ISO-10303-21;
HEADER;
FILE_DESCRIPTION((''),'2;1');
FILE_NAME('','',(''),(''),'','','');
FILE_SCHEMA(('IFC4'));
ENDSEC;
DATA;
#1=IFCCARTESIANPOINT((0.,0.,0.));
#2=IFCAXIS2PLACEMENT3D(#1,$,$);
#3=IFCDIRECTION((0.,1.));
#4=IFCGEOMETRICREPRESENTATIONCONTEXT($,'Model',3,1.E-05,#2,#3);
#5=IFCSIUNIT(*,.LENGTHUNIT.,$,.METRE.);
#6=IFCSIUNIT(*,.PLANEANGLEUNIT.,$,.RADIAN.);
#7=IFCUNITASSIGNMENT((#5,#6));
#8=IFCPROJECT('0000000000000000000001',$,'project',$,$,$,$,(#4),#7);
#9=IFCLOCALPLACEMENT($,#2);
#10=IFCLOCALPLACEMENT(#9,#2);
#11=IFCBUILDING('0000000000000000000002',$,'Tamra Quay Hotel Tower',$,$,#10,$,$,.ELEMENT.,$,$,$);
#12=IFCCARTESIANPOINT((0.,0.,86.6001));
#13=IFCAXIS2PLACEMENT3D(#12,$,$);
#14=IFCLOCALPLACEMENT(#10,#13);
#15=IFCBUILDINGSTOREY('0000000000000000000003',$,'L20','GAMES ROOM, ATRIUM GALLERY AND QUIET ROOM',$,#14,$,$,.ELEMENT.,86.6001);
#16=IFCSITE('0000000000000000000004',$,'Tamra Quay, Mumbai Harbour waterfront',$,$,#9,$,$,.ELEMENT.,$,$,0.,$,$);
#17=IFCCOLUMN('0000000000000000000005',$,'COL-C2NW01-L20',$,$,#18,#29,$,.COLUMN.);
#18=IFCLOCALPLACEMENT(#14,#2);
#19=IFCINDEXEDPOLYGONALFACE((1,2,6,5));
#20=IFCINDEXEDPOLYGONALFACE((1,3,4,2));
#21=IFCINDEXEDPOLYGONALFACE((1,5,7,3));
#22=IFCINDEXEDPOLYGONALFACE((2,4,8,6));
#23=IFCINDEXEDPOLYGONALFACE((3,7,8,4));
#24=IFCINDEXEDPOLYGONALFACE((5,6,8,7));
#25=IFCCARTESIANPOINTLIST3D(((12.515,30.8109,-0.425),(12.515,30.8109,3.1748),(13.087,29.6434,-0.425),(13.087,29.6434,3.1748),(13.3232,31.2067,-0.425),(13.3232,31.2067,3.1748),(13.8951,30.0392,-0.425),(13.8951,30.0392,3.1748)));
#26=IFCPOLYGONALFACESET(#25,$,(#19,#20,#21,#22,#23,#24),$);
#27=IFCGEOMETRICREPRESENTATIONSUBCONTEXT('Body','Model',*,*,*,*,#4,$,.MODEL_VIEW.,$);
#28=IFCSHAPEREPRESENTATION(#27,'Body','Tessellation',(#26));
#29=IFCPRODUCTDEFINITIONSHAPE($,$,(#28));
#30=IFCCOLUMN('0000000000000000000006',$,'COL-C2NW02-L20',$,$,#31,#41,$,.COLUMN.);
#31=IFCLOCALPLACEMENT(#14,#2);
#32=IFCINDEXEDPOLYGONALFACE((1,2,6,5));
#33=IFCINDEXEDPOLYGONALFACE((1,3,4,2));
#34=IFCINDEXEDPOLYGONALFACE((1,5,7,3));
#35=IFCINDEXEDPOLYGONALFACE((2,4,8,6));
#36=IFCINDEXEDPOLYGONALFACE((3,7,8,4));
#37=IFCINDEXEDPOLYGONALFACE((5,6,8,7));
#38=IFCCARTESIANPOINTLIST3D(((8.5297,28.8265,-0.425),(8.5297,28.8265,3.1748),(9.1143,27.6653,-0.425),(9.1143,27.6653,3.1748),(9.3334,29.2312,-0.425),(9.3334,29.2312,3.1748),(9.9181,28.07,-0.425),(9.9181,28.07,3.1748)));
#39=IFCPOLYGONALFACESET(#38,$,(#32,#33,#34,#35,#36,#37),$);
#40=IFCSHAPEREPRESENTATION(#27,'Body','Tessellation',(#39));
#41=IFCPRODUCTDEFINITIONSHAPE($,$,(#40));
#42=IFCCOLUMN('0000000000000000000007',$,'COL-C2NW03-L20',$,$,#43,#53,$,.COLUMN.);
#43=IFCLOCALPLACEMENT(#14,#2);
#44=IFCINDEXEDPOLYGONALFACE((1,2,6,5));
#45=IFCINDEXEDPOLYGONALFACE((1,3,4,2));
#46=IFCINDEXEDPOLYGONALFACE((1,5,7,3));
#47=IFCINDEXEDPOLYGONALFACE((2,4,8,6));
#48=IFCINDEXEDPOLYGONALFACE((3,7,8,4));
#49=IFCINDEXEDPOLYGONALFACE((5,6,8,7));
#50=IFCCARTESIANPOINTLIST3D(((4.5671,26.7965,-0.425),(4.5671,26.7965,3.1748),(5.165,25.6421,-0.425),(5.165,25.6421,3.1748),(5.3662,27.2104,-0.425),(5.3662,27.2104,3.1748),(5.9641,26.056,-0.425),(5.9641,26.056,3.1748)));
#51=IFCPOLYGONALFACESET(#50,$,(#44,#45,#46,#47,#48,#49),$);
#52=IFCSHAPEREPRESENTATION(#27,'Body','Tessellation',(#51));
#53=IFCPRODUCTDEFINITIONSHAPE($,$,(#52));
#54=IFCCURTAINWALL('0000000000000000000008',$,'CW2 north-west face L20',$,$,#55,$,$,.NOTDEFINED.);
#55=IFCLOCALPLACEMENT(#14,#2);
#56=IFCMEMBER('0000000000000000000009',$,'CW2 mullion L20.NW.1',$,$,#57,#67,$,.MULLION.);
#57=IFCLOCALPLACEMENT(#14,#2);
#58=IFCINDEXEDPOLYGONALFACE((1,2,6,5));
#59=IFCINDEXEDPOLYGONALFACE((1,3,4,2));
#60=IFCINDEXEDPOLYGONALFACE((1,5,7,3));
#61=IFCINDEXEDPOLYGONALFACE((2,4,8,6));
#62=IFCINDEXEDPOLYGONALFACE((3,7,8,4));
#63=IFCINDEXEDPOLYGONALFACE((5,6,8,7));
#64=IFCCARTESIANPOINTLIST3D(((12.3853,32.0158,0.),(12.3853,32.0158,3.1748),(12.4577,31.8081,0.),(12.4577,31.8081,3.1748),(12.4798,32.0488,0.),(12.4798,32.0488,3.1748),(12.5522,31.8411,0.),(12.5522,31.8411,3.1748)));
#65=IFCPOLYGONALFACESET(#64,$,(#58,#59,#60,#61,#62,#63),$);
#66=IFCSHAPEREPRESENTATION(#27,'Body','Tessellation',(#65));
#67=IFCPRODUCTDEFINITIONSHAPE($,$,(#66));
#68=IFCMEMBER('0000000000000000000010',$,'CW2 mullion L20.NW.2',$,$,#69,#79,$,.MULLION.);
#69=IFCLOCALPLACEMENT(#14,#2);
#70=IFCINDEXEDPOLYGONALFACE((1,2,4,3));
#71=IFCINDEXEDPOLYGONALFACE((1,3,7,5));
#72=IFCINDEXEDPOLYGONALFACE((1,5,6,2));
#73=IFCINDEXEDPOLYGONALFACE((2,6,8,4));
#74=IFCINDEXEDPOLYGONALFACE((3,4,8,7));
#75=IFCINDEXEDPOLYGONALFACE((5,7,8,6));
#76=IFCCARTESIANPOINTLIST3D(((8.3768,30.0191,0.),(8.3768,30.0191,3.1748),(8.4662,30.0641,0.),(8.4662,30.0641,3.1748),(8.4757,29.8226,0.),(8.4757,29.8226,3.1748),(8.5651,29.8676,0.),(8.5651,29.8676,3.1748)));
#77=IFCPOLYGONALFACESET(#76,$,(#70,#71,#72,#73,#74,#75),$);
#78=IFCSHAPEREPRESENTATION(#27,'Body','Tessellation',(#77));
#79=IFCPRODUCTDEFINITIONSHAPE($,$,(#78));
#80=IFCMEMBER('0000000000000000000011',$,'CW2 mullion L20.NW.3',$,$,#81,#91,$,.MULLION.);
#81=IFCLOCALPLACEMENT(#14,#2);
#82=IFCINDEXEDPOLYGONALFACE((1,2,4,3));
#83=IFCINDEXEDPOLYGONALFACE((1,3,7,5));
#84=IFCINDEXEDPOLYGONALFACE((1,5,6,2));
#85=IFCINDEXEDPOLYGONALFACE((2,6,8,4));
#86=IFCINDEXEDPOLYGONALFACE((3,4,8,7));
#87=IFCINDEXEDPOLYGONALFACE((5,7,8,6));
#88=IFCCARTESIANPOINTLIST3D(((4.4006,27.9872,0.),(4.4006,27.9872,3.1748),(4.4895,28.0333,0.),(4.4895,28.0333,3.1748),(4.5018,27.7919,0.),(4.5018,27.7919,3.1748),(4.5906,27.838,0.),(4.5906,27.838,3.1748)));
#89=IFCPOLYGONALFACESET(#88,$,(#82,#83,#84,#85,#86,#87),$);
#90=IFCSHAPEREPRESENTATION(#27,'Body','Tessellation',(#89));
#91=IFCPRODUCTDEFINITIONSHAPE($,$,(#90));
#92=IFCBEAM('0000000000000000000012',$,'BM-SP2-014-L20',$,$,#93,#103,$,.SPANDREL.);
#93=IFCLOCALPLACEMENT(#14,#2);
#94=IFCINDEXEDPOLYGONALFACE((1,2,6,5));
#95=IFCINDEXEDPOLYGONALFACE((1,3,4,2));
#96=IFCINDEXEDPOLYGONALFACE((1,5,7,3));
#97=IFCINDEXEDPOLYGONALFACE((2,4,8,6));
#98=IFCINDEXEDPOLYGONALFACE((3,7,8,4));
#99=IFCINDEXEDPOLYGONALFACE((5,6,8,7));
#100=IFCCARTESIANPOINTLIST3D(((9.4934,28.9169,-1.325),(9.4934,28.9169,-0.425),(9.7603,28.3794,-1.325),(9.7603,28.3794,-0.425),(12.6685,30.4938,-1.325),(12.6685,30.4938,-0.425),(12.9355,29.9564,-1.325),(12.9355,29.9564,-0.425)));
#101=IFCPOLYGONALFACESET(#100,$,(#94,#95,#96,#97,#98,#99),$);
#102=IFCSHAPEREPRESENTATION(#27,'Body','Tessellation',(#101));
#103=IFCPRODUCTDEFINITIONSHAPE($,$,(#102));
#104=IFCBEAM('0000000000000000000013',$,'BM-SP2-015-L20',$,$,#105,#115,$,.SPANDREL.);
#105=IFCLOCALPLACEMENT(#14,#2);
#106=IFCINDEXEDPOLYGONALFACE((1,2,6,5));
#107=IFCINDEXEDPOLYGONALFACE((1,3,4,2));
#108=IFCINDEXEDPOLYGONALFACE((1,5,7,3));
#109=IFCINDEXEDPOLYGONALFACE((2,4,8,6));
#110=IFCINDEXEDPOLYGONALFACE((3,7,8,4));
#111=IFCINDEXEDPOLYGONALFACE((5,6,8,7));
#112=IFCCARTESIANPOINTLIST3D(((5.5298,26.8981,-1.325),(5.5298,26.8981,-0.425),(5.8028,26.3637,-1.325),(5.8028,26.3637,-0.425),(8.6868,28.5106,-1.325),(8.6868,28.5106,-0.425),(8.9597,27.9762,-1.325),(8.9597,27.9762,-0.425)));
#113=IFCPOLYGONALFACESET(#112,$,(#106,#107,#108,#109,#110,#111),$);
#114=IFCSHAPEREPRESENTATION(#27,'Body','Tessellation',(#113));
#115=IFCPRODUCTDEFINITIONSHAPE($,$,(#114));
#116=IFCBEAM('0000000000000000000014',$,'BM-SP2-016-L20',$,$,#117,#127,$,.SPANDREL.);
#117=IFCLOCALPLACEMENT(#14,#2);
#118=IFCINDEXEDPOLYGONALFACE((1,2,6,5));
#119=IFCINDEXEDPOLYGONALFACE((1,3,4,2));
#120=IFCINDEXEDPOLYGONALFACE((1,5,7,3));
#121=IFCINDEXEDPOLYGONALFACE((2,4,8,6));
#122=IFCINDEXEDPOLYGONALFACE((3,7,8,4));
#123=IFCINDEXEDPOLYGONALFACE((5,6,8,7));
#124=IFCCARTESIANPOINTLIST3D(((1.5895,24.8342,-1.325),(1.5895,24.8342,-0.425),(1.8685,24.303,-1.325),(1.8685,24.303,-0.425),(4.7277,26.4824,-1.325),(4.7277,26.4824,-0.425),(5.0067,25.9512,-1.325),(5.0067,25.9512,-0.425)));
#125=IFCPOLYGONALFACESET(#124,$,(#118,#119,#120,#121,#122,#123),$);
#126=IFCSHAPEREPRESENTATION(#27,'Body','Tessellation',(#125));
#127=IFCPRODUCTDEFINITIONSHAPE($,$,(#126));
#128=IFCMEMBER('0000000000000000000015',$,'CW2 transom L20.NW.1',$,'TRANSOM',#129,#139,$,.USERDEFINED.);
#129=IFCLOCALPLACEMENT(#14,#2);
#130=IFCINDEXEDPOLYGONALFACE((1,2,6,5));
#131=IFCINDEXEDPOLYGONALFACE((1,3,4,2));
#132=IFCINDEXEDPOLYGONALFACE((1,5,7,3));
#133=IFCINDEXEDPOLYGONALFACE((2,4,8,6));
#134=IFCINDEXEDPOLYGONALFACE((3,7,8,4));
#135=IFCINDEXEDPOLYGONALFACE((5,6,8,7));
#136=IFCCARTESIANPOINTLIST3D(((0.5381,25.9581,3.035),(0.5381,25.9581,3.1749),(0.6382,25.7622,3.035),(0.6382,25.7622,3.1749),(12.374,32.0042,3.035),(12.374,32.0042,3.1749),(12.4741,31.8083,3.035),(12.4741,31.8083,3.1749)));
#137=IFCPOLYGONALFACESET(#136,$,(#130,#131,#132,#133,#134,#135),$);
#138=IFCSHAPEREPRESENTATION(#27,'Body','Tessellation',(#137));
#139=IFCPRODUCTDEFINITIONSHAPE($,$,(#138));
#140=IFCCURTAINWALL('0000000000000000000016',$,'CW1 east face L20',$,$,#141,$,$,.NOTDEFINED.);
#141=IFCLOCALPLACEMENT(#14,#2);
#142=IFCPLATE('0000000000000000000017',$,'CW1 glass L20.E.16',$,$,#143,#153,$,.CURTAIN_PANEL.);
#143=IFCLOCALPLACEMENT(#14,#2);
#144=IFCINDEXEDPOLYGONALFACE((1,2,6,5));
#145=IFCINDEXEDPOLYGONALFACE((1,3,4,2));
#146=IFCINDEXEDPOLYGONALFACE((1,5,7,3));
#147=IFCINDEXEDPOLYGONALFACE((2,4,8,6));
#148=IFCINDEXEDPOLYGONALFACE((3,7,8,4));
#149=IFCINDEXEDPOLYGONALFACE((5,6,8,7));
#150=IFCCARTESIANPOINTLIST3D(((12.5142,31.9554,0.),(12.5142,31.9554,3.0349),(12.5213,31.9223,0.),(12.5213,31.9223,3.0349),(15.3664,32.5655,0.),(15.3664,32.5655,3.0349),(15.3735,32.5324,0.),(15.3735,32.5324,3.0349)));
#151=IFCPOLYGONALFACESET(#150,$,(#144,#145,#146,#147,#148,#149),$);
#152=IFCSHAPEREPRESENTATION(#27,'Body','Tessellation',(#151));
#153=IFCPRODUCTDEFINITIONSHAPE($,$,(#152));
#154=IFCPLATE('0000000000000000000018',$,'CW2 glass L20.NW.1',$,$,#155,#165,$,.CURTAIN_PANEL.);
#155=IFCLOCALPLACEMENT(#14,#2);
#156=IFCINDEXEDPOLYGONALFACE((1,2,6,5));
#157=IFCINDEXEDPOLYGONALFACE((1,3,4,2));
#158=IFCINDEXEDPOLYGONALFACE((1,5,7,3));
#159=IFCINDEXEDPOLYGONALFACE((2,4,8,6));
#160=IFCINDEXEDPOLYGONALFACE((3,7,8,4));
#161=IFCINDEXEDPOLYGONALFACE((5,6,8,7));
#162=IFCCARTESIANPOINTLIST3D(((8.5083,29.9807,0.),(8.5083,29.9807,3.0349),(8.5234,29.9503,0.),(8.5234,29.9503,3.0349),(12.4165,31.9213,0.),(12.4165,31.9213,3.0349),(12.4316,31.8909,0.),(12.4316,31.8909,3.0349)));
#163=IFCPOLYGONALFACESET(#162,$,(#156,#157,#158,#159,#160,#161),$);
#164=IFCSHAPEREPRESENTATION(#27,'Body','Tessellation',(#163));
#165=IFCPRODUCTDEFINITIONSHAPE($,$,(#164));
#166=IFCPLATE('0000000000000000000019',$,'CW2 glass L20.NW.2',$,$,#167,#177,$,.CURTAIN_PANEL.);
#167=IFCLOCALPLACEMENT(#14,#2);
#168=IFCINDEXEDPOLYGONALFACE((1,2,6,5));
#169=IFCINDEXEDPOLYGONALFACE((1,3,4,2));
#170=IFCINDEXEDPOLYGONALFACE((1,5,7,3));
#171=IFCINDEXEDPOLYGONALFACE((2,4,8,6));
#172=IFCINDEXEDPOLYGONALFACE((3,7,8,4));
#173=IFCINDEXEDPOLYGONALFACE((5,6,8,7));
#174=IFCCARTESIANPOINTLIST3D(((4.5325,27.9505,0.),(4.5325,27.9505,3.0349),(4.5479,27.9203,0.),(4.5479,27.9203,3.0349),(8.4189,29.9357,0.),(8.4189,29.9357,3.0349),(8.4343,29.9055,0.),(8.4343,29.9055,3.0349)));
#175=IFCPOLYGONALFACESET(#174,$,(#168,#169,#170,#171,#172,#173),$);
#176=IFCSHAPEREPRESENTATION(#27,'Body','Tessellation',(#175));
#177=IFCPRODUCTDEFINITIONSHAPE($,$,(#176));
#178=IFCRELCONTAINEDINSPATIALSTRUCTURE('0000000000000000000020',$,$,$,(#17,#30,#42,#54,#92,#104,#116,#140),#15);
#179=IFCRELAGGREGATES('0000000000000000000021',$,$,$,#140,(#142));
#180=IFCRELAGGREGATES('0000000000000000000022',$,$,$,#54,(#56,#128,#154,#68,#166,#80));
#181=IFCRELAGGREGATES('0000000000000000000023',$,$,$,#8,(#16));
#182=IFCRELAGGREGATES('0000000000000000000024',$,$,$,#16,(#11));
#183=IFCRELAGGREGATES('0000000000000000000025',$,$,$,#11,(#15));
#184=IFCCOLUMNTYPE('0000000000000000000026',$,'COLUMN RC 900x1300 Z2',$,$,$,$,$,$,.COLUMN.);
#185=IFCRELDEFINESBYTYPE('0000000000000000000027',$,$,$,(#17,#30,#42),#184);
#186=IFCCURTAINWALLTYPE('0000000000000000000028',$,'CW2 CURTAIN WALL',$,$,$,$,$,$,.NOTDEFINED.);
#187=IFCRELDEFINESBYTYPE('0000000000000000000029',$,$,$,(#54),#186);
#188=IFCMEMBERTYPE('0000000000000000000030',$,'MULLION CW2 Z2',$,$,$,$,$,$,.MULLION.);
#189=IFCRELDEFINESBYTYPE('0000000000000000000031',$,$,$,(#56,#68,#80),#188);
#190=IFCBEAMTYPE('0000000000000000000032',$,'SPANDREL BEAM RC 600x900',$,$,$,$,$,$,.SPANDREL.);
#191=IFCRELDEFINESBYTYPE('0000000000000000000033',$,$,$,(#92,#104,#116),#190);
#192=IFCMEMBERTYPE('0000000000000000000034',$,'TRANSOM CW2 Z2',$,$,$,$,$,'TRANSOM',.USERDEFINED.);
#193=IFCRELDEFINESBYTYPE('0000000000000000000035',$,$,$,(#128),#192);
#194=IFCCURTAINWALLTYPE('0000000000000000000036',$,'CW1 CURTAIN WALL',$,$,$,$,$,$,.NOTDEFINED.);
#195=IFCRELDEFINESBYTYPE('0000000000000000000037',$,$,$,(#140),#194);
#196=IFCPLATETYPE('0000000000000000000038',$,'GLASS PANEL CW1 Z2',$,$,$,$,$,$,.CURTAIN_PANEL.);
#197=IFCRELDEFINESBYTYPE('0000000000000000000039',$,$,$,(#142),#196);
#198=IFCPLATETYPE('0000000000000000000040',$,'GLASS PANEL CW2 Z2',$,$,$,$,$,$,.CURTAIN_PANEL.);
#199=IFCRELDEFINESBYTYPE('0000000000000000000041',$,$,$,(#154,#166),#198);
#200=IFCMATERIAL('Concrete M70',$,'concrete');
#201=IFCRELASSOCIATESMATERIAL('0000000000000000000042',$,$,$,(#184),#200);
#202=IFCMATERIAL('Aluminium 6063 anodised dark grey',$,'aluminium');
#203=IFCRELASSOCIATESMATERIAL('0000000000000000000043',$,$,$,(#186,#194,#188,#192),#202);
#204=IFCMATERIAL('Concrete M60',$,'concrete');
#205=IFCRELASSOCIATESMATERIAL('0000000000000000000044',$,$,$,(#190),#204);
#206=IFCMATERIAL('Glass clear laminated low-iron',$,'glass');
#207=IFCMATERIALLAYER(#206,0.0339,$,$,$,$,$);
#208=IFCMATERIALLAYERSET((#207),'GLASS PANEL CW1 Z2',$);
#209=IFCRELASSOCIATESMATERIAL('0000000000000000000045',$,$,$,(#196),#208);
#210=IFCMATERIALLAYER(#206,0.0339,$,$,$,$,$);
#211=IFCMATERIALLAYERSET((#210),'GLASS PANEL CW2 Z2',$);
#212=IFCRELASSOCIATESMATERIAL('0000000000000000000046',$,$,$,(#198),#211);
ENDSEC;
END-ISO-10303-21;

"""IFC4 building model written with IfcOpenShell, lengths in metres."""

from ifc_helpers import new_model, si_unit, direction, frame, origin, origin_2d, place, context, subcontext, project, spatial, rectangle, extrude, material, layer, layer_set, material_profile, profile_set, type_object, element, aggregate, save


model = new_model("IFC4")

# Units and contexts
model_context = context("Model", 3, precision=1e-05, world=origin(), true_north=direction((0.0, 1.0)))
body_context = subcontext(model_context, "Body", "Model", "MODEL_VIEW")
ifc_project = project(units=[si_unit("LENGTHUNIT", "METRE"), si_unit("PLANEANGLEUNIT", "RADIAN")], contexts=[model_context])

# Site, building, storey
site_placement = place(None, origin())
site = spatial("IfcSite", under=ifc_project, at=site_placement, Name="Tamra Quay, Mumbai Harbour waterfront", CompositionType="ELEMENT", RefElevation=0.0)
building_placement = place(site_placement, origin())
building = spatial("IfcBuilding", under=site, at=building_placement, Name="Tamra Quay Hotel Tower", CompositionType="ELEMENT")
storey_placement = place(building_placement, frame((0.0, 0.0, 86.6001)))
storey = spatial("IfcBuildingStorey", under=building, at=storey_placement, Name="L20", Description="GAMES ROOM, ATRIUM GALLERY AND QUIET ROOM", CompositionType="ELEMENT", Elevation=86.6001)

# Columns
ifc_material_1 = material(Name="Concrete M70", Category="concrete")
ifc_material_profile_1 = material_profile(ifc_material_1, rectangle(XDim=1.3, YDim=0.8999, at=origin_2d()), Name="COLUMN RC 900x1300 Z2")
ifc_profile_set_1 = profile_set([ifc_material_profile_1], Name="Concrete M70")
column_type = type_object("IfcColumnType", Name="COLUMN RC 900x1300 Z2", PredefinedType="COLUMN", material=ifc_profile_set_1)
for number, where, z_axis, x_axis, name in (
    (1, (13.2051, 30.425, -0.425), (0.0, 0.0, 1.0), (-0.439916, 0.898039, 0.0), "COL-C2NW01-L20"),
    (2, (9.2239, 28.4482, -0.425), (0.0, 0.0, 1.0), (-0.449727, 0.893166, 0.0), "COL-C2NW02-L20"),
    (3, (5.2656, 26.4263, -0.425), (0.0, 0.0, 1.0), (-0.45989, 0.887976, 0.0), "COL-C2NW03-L20"),
):
    element("IfcColumn", number, at=place(storey_placement, frame(where, z_axis=z_axis, x_axis=x_axis)), inside=storey, type_object=column_type, Name=name, PredefinedType="COLUMN", context=body_context, shape_type="SweptSolid", body=[
        extrude(rectangle(XDim=1.3, YDim=0.8999, at=origin_2d()), origin(), (0.0, 0.0, 1.0), 3.5999),
    ])

# Curtain wall, members
ifc_material_2 = material(Name="Aluminium 6063 anodised dark grey", Category="aluminium")
curtain_wall_type_1 = type_object("IfcCurtainWallType", Name="CW2 CURTAIN WALL", PredefinedType="NOTDEFINED", material=ifc_material_2)
curtain_wall_1_placement = place(storey_placement, origin())
curtain_wall_1 = element("IfcCurtainWall", 4, at=curtain_wall_1_placement, inside=storey, type_object=curtain_wall_type_1, Name="CW2 north-west face L20", PredefinedType="NOTDEFINED")
ifc_material_profile_2 = material_profile(ifc_material_2, rectangle(XDim=0.22, YDim=0.1001, at=origin_2d()), Name="MULLION 100X220")
ifc_profile_set_2 = profile_set([ifc_material_profile_2], Name="Aluminium 6063 anodised dark grey")
member_type_1 = type_object("IfcMemberType", Name="MULLION CW2 Z2", PredefinedType="MULLION", material=ifc_profile_set_2)
member_1_placement = place(storey_placement, frame((12.4688, 31.9285, 0.0), z_axis=(0.0, 0.0, 1.0), x_axis=(-0.329532, 0.944144, 0.0)))
member_1 = element("IfcMember", 5, at=member_1_placement, type_object=member_type_1, Name="CW2 mullion L20.NW.1", PredefinedType="MULLION", context=body_context, shape_type="SweptSolid", body=[
    extrude(rectangle(XDim=0.22, YDim=0.1001, at=origin_2d()), origin(), (0.0, 0.0, 1.0), 3.1748),
])
member_2_placement = place(storey_placement, frame((8.4709, 29.9434, 0.0), z_axis=(0.0, 0.0, 1.0), x_axis=(-0.449827, 0.893116, 0.0)))
member_2 = element("IfcMember", 6, at=member_2_placement, type_object=member_type_1, Name="CW2 mullion L20.NW.2", PredefinedType="MULLION", context=body_context, shape_type="SweptSolid", body=[
    extrude(rectangle(XDim=0.22, YDim=0.1001, at=origin_2d()), origin(), (0.0, 0.0, 1.0), 3.1748),
])
member_3_placement = place(storey_placement, frame((4.4956, 27.9126, 0.0), z_axis=(0.0, 0.0, 1.0), x_axis=(-0.45996, 0.88794, 0.0)))
member_3 = element("IfcMember", 7, at=member_3_placement, type_object=member_type_1, Name="CW2 mullion L20.NW.3", PredefinedType="MULLION", context=body_context, shape_type="SweptSolid", body=[
    extrude(rectangle(XDim=0.22, YDim=0.1001, at=origin_2d()), origin(), (0.0, 0.0, 1.0), 3.1748),
])

# Beams
ifc_material_3 = material(Name="Concrete M60", Category="concrete")
ifc_material_profile_3 = material_profile(ifc_material_3, rectangle(XDim=0.6001, YDim=0.8999, at=origin_2d()), Name="SPANDREL BEAM RC 600x900")
ifc_profile_set_3 = profile_set([ifc_material_profile_3], Name="Concrete M60")
beam_type = type_object("IfcBeamType", Name="SPANDREL BEAM RC 600x900", PredefinedType="SPANDREL", material=ifc_profile_set_3)
beam_1_placement = place(storey_placement, frame((12.802, 30.2251, -0.875), z_axis=(-0.895622, -0.444815, 0.0), x_axis=(0.444815, -0.895622, 0.0)))
element("IfcBeam", 8, at=beam_1_placement, inside=storey, type_object=beam_type, Name="BM-SP2-014-L20", PredefinedType="SPANDREL", context=body_context, shape_type="SweptSolid", body=[
    extrude(rectangle(XDim=0.6001, YDim=0.8999, at=origin_2d()), origin(), (0.0, 0.0, 1.0), 3.5452),
])
beam_2_placement = place(storey_placement, frame((8.8232, 28.2434, -0.875), z_axis=(-0.890551, -0.454883, 0.0), x_axis=(0.454883, -0.890551, 0.0)))
element("IfcBeam", 9, at=beam_2_placement, inside=storey, type_object=beam_type, Name="BM-SP2-015-L20", PredefinedType="SPANDREL", context=body_context, shape_type="SweptSolid", body=[
    extrude(rectangle(XDim=0.6001, YDim=0.8999, at=origin_2d()), origin(), (0.0, 0.0, 1.0), 3.5449),
])
beam_3_placement = place(storey_placement, frame((4.8672, 26.2168, -0.875), z_axis=(-0.885323, -0.464977, 0.0), x_axis=(0.464977, -0.885323, 0.0)))
element("IfcBeam", 10, at=beam_3_placement, inside=storey, type_object=beam_type, Name="BM-SP2-016-L20", PredefinedType="SPANDREL", context=body_context, shape_type="SweptSolid", body=[
    extrude(rectangle(XDim=0.6001, YDim=0.8999, at=origin_2d()), origin(), (0.0, 0.0, 1.0), 3.5447),
])

# Member
ifc_material_profile_4 = material_profile(ifc_material_2, rectangle(XDim=0.22, YDim=0.1399, at=origin_2d()), Name="TRANSOM 220X140")
ifc_profile_set_4 = profile_set([ifc_material_profile_4], Name="Aluminium 6063 anodised dark grey")
member_type_2 = type_object("IfcMemberType", Name="TRANSOM CW2 Z2", ElementType="TRANSOM", PredefinedType="USERDEFINED", material=ifc_profile_set_4)
member_4_placement = place(storey_placement, frame((12.4241, 31.9062, 3.105), z_axis=(-0.890536, -0.454912, 0.0), x_axis=(0.454912, -0.890536, 0.0)))
member_4 = element("IfcMember", 11, at=member_4_placement, type_object=member_type_2, Name="CW2 transom L20.NW.1", ObjectType="TRANSOM", PredefinedType="USERDEFINED", context=body_context, shape_type="SweptSolid", body=[
    extrude(rectangle(XDim=0.22, YDim=0.1399, at=origin_2d()), origin(), (0.0, 0.0, 1.0), 13.2908),
])

# Curtain wall, plate
curtain_wall_type_2 = type_object("IfcCurtainWallType", Name="CW1 CURTAIN WALL", PredefinedType="NOTDEFINED", material=ifc_material_2)
curtain_wall_2_placement = place(storey_placement, origin())
curtain_wall_2 = element("IfcCurtainWall", 12, at=curtain_wall_2_placement, inside=storey, type_object=curtain_wall_type_2, Name="CW1 east face L20", PredefinedType="NOTDEFINED")
ifc_material_4 = material(Name="Glass clear laminated low-iron", Category="glass")
ifc_layer_1 = layer(ifc_material_4, 0.0339)
ifc_layer_set_1 = layer_set([ifc_layer_1], Name="GLASS PANEL CW1 Z2")
plate_type_1 = type_object("IfcPlateType", Name="GLASS PANEL CW1 Z2", PredefinedType="CURTAIN_PANEL", material=ifc_layer_set_1)
plate_1_placement = place(storey_placement, frame((13.9438, 32.2439, 0.0), z_axis=(0.0, 0.0, 1.0), x_axis=(-0.977879, -0.209172, 0.0)))
plate_1 = element("IfcPlate", 13, at=plate_1_placement, type_object=plate_type_1, Name="CW1 glass L20.E.16", PredefinedType="CURTAIN_PANEL", context=body_context, shape_type="SweptSolid", body=[
    extrude(rectangle(XDim=2.9167, YDim=0.0339, at=origin_2d()), origin(), (0.0, 0.0, 1.0), 3.0349),
])
aggregate(curtain_wall_2, [plate_1])

# Plates
ifc_layer_2 = layer(ifc_material_4, 0.0339)
ifc_layer_set_2 = layer_set([ifc_layer_2], Name="GLASS PANEL CW2 Z2")
plate_type_2 = type_object("IfcPlateType", Name="GLASS PANEL CW2 Z2", PredefinedType="CURTAIN_PANEL", material=ifc_layer_set_2)
plate_2_placement = place(storey_placement, frame((10.47, 30.9358, 0.0), z_axis=(0.0, 0.0, 1.0), x_axis=(-0.895658, -0.444743, 0.0)))
plate_2 = element("IfcPlate", 14, at=plate_2_placement, type_object=plate_type_2, Name="CW2 glass L20.NW.1", PredefinedType="CURTAIN_PANEL", context=body_context, shape_type="SweptSolid", body=[
    extrude(rectangle(XDim=4.3635, YDim=0.0339, at=origin_2d()), origin(), (0.0, 0.0, 1.0), 3.0349),
])
plate_3_placement = place(storey_placement, frame((6.4834, 28.928, 0.0), z_axis=(0.0, 0.0, 1.0), x_axis=(-0.890544, -0.454896, 0.0)))
plate_3 = element("IfcPlate", 15, at=plate_3_placement, type_object=plate_type_2, Name="CW2 glass L20.NW.2", PredefinedType="CURTAIN_PANEL", context=body_context, shape_type="SweptSolid", body=[
    extrude(rectangle(XDim=4.364, YDim=0.0339, at=origin_2d()), origin(), (0.0, 0.0, 1.0), 3.0349),
])
aggregate(curtain_wall_1, [member_1, member_4, plate_2, member_2, plate_3, member_3])

save(model, "model.ifc")
